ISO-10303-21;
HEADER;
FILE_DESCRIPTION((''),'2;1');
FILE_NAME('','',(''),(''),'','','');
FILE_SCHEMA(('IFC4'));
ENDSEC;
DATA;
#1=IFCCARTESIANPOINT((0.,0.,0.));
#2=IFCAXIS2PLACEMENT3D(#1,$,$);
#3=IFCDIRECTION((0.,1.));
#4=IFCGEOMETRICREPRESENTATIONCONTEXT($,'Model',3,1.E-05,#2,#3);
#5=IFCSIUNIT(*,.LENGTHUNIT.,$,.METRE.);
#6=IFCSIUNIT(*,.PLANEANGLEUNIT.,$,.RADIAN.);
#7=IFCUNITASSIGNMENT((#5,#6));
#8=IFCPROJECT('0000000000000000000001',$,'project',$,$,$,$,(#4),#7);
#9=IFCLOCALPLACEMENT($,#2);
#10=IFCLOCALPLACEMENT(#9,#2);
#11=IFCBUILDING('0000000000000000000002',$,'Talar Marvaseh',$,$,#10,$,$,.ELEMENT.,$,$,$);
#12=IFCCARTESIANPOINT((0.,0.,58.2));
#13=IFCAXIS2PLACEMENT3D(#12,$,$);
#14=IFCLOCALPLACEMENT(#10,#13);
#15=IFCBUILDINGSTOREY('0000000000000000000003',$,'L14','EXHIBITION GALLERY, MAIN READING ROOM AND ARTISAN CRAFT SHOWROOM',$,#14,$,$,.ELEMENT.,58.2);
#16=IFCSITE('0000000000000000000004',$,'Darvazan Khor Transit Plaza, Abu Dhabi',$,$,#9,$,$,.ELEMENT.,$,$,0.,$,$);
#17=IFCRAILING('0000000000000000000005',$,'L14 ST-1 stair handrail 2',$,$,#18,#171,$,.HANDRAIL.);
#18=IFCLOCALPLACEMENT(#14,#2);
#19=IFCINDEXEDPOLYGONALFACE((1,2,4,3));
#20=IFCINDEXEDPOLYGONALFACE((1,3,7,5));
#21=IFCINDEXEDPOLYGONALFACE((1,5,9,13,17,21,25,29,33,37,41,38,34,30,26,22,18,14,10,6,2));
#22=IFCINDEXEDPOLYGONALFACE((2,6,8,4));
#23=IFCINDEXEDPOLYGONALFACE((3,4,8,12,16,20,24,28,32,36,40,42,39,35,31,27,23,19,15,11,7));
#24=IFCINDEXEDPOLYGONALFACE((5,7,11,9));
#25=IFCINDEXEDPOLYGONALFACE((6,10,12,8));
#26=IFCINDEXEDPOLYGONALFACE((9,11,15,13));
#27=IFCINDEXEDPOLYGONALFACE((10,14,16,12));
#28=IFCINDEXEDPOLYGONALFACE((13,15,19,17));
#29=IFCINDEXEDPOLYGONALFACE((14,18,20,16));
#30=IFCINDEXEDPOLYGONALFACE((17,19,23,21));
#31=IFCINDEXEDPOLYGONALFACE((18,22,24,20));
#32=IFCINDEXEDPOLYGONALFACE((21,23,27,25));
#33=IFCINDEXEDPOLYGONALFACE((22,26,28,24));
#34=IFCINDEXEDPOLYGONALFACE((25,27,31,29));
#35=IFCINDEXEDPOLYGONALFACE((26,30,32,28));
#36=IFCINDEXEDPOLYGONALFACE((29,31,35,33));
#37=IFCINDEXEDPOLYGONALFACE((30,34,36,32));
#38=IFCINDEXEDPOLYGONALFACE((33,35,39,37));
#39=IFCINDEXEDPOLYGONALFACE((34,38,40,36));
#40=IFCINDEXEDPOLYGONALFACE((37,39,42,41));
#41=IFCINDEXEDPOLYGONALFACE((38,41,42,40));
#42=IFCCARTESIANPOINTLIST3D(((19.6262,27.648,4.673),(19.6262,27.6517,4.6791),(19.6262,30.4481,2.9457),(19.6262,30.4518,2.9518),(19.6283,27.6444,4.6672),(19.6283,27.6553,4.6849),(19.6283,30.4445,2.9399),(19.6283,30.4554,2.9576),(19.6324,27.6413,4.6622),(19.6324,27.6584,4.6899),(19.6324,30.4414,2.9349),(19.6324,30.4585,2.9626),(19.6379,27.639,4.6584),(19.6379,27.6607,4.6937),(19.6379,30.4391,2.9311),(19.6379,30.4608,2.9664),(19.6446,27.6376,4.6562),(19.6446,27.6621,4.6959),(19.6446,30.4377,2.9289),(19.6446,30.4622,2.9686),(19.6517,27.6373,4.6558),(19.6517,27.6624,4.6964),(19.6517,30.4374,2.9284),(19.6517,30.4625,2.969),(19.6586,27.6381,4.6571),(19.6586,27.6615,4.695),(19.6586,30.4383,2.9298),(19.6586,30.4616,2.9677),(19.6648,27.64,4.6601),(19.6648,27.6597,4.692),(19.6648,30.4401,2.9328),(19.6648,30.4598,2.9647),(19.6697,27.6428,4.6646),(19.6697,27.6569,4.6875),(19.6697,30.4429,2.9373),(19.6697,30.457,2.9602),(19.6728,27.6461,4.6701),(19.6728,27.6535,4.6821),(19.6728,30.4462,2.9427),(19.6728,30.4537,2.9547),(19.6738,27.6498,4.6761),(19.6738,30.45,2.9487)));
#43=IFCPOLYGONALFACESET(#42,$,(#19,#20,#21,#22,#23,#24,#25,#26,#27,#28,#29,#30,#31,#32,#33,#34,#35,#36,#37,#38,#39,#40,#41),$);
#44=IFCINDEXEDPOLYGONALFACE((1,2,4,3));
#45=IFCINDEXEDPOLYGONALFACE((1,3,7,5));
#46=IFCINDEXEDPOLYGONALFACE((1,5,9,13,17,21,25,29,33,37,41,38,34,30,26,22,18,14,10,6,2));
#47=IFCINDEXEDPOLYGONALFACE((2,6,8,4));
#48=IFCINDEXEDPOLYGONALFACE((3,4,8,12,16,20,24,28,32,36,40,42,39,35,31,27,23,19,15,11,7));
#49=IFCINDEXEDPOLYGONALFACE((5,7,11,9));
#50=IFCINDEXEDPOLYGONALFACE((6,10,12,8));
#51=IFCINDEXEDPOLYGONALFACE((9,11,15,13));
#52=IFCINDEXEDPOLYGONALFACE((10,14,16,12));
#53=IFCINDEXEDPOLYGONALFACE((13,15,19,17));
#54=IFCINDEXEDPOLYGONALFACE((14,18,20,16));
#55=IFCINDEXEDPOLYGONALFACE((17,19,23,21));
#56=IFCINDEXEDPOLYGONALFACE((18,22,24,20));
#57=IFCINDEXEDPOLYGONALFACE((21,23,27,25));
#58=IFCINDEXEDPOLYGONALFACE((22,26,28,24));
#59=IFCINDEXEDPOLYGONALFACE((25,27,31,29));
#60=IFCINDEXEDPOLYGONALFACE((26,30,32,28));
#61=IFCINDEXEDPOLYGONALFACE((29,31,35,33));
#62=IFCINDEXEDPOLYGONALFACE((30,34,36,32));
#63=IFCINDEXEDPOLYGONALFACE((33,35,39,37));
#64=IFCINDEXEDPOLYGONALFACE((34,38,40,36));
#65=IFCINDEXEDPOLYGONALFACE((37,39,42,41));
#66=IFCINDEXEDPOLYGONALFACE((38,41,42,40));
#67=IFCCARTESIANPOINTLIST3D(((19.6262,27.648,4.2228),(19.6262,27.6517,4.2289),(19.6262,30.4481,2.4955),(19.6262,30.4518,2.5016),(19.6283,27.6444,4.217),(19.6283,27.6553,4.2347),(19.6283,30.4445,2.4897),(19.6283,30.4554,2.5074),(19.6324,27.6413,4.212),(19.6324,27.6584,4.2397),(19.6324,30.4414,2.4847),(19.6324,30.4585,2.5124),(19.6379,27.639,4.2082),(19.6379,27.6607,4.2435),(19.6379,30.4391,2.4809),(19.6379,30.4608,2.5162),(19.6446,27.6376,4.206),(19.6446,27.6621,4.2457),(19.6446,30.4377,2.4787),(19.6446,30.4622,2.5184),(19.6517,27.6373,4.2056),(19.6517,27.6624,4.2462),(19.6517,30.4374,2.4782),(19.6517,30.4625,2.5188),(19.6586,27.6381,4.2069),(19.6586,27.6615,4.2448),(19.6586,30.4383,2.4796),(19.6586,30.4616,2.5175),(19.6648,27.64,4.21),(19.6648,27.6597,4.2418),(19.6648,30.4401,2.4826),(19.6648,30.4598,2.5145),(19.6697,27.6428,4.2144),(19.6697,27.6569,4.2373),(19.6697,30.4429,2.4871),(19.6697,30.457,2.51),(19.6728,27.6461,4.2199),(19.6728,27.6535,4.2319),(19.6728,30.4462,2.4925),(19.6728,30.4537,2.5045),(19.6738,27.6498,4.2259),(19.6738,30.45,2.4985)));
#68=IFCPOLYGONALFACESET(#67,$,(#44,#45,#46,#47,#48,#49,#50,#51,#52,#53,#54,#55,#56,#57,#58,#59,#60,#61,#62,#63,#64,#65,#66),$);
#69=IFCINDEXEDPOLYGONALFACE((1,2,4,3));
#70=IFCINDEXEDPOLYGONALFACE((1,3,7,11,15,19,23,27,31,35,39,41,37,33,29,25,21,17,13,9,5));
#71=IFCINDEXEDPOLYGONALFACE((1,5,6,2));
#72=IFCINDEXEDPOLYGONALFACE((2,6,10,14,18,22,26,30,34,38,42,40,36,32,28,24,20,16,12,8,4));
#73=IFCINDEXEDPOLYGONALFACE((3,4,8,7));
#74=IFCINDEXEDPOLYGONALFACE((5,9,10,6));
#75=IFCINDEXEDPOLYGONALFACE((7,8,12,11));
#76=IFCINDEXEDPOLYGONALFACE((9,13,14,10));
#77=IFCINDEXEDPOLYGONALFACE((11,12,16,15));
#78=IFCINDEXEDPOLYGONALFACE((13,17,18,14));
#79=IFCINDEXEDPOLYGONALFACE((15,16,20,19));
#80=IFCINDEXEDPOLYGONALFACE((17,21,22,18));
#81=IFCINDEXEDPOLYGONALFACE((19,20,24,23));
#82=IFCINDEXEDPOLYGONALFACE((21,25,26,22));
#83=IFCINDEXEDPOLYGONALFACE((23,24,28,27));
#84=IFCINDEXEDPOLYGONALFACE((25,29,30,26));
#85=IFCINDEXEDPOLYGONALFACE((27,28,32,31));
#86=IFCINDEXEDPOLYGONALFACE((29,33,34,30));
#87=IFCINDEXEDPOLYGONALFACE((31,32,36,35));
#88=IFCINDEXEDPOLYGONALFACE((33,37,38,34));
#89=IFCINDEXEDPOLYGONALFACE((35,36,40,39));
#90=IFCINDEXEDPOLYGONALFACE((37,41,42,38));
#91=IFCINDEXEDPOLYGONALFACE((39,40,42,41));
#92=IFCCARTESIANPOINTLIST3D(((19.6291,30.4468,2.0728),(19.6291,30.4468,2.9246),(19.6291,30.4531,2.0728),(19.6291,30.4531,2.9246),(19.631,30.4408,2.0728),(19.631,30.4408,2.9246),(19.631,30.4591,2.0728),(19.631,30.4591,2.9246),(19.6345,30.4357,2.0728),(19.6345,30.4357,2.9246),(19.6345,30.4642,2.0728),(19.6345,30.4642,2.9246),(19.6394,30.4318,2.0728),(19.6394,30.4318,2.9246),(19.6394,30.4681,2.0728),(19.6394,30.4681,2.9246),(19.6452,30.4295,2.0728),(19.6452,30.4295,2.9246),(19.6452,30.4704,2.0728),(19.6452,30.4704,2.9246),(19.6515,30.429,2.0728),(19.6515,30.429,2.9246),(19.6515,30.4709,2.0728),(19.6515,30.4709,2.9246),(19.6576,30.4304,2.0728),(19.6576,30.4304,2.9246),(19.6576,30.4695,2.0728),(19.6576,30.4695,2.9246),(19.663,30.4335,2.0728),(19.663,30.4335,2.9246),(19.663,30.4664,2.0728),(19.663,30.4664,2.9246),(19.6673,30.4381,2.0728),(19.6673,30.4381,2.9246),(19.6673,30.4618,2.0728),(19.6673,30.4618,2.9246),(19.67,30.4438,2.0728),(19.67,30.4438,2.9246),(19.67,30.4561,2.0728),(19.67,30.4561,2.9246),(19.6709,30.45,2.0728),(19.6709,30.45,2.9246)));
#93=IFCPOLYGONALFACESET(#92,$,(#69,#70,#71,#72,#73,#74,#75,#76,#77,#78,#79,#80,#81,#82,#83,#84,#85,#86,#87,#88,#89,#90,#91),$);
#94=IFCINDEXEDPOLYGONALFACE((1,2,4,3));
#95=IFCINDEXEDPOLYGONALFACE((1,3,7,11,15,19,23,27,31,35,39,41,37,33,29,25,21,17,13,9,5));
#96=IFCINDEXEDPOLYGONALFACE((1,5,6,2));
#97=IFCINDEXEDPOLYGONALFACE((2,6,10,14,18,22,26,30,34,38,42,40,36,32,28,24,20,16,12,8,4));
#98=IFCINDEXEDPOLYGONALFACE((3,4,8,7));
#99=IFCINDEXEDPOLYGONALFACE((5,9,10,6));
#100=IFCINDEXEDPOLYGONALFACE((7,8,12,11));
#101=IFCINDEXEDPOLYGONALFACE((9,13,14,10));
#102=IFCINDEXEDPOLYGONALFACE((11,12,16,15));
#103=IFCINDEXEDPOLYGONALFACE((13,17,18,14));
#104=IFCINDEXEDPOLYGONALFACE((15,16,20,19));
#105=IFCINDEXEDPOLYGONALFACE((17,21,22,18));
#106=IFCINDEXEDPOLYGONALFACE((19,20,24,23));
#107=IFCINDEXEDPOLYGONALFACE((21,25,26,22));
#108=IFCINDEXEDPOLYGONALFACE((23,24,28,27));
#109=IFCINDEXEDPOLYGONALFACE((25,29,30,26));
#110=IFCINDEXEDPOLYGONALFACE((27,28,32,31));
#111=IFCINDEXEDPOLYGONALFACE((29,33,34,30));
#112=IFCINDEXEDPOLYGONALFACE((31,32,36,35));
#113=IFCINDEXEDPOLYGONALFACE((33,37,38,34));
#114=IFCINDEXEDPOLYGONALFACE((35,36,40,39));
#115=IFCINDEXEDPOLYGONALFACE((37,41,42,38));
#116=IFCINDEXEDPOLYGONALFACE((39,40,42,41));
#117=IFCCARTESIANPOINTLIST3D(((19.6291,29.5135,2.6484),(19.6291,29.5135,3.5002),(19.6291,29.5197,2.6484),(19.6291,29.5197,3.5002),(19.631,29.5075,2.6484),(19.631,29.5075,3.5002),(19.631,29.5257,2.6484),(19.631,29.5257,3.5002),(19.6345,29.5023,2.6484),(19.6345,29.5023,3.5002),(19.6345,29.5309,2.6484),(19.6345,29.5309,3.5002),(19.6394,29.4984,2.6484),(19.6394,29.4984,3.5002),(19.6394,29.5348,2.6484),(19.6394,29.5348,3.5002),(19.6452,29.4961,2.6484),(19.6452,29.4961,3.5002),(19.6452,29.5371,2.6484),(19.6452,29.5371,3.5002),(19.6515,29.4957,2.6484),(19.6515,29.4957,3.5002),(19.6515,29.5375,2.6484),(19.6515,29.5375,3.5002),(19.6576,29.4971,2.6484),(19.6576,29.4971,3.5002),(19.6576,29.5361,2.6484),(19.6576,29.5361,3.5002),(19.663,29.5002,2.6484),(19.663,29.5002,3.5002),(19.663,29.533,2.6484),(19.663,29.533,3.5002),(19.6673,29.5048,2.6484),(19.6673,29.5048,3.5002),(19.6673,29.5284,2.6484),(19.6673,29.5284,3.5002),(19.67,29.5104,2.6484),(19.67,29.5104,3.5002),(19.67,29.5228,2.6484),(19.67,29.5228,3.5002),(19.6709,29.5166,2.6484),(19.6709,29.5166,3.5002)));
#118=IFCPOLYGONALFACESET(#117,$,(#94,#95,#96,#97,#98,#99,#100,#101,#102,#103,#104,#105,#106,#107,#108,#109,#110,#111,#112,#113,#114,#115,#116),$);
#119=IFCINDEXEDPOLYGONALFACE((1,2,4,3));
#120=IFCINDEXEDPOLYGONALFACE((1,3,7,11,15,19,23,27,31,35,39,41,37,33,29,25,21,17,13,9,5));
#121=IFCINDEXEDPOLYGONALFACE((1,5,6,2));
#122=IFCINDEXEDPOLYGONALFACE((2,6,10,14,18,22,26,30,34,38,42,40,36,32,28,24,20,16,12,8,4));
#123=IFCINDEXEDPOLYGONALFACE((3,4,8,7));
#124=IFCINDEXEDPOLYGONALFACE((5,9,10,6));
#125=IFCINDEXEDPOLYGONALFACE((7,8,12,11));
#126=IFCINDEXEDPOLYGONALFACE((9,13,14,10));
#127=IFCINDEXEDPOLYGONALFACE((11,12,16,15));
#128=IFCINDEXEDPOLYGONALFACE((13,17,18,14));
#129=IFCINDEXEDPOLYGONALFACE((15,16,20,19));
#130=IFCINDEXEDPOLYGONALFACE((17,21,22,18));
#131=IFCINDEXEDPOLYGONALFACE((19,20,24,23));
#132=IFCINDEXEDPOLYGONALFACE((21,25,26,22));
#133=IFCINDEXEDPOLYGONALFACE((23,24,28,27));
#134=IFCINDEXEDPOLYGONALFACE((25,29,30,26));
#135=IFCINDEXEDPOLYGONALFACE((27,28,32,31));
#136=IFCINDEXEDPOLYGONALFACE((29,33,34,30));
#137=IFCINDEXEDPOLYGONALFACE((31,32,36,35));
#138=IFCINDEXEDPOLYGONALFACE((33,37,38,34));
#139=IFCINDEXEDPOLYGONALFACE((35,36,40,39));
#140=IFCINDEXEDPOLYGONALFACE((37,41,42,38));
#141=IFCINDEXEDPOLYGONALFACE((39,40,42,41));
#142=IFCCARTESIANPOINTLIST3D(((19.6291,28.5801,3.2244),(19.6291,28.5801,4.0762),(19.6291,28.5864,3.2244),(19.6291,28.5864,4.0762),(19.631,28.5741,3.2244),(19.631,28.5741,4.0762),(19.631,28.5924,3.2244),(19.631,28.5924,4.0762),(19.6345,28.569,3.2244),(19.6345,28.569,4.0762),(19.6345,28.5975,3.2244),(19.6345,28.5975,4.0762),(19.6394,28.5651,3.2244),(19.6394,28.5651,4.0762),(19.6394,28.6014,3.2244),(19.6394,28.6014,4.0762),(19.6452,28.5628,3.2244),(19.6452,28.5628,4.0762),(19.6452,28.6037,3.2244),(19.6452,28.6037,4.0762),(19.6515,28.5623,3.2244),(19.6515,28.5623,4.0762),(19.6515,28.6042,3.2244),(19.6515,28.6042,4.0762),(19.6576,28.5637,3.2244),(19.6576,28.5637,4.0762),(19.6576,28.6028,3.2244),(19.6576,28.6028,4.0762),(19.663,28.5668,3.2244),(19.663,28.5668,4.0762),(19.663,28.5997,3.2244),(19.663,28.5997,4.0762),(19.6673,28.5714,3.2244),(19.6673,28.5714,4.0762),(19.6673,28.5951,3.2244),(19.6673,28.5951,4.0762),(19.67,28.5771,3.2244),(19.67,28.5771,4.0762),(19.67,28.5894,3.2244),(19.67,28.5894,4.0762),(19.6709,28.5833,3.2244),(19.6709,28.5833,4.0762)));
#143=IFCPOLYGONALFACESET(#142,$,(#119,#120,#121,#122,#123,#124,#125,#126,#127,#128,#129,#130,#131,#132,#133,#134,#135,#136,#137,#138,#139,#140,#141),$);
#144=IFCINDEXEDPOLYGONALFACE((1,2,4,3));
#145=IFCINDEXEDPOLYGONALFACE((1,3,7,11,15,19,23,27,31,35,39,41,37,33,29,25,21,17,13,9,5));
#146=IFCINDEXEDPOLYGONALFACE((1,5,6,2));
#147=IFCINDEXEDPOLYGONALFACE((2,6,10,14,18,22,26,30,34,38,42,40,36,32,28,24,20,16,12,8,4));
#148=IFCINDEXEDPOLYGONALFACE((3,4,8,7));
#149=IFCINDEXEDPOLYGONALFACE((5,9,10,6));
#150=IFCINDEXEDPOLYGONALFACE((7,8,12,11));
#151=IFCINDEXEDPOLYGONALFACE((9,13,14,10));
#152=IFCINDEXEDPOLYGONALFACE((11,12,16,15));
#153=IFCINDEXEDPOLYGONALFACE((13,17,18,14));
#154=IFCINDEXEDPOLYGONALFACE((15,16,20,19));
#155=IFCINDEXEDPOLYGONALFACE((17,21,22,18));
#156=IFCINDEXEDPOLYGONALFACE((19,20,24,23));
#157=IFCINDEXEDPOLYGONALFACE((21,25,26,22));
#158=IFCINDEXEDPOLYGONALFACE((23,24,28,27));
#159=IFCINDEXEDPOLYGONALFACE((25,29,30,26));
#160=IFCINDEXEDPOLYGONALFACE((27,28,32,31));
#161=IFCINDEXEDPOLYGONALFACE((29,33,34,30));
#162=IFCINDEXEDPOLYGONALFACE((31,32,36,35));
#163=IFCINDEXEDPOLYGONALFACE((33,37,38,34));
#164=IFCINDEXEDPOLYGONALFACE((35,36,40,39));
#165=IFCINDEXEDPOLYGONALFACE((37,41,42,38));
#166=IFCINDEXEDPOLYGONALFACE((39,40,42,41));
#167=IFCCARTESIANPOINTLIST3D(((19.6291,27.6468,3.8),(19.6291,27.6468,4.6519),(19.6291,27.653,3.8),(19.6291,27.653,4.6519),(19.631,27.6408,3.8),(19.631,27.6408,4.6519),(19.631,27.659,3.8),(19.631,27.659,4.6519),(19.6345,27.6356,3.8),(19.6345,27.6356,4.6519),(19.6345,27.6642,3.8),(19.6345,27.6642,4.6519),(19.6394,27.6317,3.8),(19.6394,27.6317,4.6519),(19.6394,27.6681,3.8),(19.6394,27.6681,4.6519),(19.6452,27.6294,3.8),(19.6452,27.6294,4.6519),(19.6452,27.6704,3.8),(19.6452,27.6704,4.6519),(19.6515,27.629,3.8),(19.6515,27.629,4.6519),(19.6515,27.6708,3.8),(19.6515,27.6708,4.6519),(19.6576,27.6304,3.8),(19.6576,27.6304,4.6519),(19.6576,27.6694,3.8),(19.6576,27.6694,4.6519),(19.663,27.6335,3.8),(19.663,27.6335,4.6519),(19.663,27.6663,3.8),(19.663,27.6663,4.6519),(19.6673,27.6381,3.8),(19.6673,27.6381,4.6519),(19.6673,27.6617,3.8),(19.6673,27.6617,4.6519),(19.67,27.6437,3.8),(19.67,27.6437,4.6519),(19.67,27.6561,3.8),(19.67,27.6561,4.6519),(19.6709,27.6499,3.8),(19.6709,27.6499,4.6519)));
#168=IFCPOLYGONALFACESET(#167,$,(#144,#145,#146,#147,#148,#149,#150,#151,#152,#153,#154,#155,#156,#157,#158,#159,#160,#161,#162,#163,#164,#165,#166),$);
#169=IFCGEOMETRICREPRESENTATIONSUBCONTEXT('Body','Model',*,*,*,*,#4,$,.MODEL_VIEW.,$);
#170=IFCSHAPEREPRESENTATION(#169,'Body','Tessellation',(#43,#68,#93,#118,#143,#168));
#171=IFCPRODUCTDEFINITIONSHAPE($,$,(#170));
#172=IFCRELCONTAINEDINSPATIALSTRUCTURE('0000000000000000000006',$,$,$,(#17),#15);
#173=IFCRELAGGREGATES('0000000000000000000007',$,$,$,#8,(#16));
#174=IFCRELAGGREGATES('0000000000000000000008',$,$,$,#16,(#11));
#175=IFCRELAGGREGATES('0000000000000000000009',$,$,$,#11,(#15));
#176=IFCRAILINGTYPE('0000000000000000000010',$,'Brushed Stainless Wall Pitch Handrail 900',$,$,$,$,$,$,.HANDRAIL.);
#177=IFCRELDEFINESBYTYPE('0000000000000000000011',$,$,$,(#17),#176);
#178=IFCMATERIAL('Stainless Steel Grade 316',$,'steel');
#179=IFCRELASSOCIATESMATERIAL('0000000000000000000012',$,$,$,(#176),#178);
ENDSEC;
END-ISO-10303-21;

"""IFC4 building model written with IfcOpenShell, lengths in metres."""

from ifc_helpers import new_model, si_unit, direction, frame, origin, origin_2d, place, context, subcontext, project, spatial, circle, extrude, material, type_object, element, save


model = new_model("IFC4")

# Units and contexts
model_context = context("Model", 3, precision=1e-05, world=origin(), true_north=direction((0.0, 1.0)))
body_context = subcontext(model_context, "Body", "Model", "MODEL_VIEW")
ifc_project = project(units=[si_unit("LENGTHUNIT", "METRE"), si_unit("PLANEANGLEUNIT", "RADIAN")], contexts=[model_context])

# Site, building, storey
site_placement = place(None, origin())
site = spatial("IfcSite", under=ifc_project, at=site_placement, Name="Darvazan Khor Transit Plaza, Abu Dhabi", CompositionType="ELEMENT", RefElevation=0.0)
building_placement = place(site_placement, origin())
building = spatial("IfcBuilding", under=site, at=building_placement, Name="Talar Marvaseh", CompositionType="ELEMENT")
storey_placement = place(building_placement, frame((0.0, 0.0, 58.2)))
storey = spatial("IfcBuildingStorey", under=building, at=storey_placement, Name="L14", Description="EXHIBITION GALLERY, MAIN READING ROOM AND ARTISAN CRAFT SHOWROOM", CompositionType="ELEMENT", Elevation=58.2)

# Railing
ifc_material_1 = material(Name="Stainless Steel Grade 316", Category="steel")
railing_type_1 = type_object("IfcRailingType", Name="Brushed Stainless Wall Pitch Handrail 900", PredefinedType="HANDRAIL", material=ifc_material_1)
railing_1_placement = place(storey_placement, frame((19.6499, 30.45, 2.0728)))
element("IfcRailing", 1, at=railing_1_placement, inside=storey, type_object=railing_type_1, Name="L14 ST-1 stair handrail 2", PredefinedType="HANDRAIL", context=body_context, shape_type="SweptSolid", body=[
    extrude(circle(Radius=0.0239, at=origin_2d()), frame((0.0, 0.0, 0.876), z_axis=(0.0, -0.85109, 0.52502), x_axis=(1.0, 0.0, 0.0)), (0.0, 0.0, 1.0), 3.29),
    extrude(circle(Radius=0.0239, at=origin_2d()), frame((0.0, 0.0, 0.4258), z_axis=(0.0, -0.85109, 0.52502), x_axis=(1.0, 0.0, 0.0)), (0.0, 0.0, 1.0), 3.29),
    extrude(circle(Radius=0.021, at=origin_2d()), origin(), (0.0, 0.0, 1.0), 0.8518),
    extrude(circle(Radius=0.021, at=origin_2d()), frame((0.0, -0.9333, 0.5757)), (0.0, 0.0, 1.0), 0.8518),
    extrude(circle(Radius=0.021, at=origin_2d()), frame((0.0, -1.8667, 1.1516)), (0.0, 0.0, 1.0), 0.8518),
    extrude(circle(Radius=0.021, at=origin_2d()), frame((0.0, -2.8, 1.7273)), (0.0, 0.0, 1.0), 0.8518),
])

save(model, "model.ifc")
